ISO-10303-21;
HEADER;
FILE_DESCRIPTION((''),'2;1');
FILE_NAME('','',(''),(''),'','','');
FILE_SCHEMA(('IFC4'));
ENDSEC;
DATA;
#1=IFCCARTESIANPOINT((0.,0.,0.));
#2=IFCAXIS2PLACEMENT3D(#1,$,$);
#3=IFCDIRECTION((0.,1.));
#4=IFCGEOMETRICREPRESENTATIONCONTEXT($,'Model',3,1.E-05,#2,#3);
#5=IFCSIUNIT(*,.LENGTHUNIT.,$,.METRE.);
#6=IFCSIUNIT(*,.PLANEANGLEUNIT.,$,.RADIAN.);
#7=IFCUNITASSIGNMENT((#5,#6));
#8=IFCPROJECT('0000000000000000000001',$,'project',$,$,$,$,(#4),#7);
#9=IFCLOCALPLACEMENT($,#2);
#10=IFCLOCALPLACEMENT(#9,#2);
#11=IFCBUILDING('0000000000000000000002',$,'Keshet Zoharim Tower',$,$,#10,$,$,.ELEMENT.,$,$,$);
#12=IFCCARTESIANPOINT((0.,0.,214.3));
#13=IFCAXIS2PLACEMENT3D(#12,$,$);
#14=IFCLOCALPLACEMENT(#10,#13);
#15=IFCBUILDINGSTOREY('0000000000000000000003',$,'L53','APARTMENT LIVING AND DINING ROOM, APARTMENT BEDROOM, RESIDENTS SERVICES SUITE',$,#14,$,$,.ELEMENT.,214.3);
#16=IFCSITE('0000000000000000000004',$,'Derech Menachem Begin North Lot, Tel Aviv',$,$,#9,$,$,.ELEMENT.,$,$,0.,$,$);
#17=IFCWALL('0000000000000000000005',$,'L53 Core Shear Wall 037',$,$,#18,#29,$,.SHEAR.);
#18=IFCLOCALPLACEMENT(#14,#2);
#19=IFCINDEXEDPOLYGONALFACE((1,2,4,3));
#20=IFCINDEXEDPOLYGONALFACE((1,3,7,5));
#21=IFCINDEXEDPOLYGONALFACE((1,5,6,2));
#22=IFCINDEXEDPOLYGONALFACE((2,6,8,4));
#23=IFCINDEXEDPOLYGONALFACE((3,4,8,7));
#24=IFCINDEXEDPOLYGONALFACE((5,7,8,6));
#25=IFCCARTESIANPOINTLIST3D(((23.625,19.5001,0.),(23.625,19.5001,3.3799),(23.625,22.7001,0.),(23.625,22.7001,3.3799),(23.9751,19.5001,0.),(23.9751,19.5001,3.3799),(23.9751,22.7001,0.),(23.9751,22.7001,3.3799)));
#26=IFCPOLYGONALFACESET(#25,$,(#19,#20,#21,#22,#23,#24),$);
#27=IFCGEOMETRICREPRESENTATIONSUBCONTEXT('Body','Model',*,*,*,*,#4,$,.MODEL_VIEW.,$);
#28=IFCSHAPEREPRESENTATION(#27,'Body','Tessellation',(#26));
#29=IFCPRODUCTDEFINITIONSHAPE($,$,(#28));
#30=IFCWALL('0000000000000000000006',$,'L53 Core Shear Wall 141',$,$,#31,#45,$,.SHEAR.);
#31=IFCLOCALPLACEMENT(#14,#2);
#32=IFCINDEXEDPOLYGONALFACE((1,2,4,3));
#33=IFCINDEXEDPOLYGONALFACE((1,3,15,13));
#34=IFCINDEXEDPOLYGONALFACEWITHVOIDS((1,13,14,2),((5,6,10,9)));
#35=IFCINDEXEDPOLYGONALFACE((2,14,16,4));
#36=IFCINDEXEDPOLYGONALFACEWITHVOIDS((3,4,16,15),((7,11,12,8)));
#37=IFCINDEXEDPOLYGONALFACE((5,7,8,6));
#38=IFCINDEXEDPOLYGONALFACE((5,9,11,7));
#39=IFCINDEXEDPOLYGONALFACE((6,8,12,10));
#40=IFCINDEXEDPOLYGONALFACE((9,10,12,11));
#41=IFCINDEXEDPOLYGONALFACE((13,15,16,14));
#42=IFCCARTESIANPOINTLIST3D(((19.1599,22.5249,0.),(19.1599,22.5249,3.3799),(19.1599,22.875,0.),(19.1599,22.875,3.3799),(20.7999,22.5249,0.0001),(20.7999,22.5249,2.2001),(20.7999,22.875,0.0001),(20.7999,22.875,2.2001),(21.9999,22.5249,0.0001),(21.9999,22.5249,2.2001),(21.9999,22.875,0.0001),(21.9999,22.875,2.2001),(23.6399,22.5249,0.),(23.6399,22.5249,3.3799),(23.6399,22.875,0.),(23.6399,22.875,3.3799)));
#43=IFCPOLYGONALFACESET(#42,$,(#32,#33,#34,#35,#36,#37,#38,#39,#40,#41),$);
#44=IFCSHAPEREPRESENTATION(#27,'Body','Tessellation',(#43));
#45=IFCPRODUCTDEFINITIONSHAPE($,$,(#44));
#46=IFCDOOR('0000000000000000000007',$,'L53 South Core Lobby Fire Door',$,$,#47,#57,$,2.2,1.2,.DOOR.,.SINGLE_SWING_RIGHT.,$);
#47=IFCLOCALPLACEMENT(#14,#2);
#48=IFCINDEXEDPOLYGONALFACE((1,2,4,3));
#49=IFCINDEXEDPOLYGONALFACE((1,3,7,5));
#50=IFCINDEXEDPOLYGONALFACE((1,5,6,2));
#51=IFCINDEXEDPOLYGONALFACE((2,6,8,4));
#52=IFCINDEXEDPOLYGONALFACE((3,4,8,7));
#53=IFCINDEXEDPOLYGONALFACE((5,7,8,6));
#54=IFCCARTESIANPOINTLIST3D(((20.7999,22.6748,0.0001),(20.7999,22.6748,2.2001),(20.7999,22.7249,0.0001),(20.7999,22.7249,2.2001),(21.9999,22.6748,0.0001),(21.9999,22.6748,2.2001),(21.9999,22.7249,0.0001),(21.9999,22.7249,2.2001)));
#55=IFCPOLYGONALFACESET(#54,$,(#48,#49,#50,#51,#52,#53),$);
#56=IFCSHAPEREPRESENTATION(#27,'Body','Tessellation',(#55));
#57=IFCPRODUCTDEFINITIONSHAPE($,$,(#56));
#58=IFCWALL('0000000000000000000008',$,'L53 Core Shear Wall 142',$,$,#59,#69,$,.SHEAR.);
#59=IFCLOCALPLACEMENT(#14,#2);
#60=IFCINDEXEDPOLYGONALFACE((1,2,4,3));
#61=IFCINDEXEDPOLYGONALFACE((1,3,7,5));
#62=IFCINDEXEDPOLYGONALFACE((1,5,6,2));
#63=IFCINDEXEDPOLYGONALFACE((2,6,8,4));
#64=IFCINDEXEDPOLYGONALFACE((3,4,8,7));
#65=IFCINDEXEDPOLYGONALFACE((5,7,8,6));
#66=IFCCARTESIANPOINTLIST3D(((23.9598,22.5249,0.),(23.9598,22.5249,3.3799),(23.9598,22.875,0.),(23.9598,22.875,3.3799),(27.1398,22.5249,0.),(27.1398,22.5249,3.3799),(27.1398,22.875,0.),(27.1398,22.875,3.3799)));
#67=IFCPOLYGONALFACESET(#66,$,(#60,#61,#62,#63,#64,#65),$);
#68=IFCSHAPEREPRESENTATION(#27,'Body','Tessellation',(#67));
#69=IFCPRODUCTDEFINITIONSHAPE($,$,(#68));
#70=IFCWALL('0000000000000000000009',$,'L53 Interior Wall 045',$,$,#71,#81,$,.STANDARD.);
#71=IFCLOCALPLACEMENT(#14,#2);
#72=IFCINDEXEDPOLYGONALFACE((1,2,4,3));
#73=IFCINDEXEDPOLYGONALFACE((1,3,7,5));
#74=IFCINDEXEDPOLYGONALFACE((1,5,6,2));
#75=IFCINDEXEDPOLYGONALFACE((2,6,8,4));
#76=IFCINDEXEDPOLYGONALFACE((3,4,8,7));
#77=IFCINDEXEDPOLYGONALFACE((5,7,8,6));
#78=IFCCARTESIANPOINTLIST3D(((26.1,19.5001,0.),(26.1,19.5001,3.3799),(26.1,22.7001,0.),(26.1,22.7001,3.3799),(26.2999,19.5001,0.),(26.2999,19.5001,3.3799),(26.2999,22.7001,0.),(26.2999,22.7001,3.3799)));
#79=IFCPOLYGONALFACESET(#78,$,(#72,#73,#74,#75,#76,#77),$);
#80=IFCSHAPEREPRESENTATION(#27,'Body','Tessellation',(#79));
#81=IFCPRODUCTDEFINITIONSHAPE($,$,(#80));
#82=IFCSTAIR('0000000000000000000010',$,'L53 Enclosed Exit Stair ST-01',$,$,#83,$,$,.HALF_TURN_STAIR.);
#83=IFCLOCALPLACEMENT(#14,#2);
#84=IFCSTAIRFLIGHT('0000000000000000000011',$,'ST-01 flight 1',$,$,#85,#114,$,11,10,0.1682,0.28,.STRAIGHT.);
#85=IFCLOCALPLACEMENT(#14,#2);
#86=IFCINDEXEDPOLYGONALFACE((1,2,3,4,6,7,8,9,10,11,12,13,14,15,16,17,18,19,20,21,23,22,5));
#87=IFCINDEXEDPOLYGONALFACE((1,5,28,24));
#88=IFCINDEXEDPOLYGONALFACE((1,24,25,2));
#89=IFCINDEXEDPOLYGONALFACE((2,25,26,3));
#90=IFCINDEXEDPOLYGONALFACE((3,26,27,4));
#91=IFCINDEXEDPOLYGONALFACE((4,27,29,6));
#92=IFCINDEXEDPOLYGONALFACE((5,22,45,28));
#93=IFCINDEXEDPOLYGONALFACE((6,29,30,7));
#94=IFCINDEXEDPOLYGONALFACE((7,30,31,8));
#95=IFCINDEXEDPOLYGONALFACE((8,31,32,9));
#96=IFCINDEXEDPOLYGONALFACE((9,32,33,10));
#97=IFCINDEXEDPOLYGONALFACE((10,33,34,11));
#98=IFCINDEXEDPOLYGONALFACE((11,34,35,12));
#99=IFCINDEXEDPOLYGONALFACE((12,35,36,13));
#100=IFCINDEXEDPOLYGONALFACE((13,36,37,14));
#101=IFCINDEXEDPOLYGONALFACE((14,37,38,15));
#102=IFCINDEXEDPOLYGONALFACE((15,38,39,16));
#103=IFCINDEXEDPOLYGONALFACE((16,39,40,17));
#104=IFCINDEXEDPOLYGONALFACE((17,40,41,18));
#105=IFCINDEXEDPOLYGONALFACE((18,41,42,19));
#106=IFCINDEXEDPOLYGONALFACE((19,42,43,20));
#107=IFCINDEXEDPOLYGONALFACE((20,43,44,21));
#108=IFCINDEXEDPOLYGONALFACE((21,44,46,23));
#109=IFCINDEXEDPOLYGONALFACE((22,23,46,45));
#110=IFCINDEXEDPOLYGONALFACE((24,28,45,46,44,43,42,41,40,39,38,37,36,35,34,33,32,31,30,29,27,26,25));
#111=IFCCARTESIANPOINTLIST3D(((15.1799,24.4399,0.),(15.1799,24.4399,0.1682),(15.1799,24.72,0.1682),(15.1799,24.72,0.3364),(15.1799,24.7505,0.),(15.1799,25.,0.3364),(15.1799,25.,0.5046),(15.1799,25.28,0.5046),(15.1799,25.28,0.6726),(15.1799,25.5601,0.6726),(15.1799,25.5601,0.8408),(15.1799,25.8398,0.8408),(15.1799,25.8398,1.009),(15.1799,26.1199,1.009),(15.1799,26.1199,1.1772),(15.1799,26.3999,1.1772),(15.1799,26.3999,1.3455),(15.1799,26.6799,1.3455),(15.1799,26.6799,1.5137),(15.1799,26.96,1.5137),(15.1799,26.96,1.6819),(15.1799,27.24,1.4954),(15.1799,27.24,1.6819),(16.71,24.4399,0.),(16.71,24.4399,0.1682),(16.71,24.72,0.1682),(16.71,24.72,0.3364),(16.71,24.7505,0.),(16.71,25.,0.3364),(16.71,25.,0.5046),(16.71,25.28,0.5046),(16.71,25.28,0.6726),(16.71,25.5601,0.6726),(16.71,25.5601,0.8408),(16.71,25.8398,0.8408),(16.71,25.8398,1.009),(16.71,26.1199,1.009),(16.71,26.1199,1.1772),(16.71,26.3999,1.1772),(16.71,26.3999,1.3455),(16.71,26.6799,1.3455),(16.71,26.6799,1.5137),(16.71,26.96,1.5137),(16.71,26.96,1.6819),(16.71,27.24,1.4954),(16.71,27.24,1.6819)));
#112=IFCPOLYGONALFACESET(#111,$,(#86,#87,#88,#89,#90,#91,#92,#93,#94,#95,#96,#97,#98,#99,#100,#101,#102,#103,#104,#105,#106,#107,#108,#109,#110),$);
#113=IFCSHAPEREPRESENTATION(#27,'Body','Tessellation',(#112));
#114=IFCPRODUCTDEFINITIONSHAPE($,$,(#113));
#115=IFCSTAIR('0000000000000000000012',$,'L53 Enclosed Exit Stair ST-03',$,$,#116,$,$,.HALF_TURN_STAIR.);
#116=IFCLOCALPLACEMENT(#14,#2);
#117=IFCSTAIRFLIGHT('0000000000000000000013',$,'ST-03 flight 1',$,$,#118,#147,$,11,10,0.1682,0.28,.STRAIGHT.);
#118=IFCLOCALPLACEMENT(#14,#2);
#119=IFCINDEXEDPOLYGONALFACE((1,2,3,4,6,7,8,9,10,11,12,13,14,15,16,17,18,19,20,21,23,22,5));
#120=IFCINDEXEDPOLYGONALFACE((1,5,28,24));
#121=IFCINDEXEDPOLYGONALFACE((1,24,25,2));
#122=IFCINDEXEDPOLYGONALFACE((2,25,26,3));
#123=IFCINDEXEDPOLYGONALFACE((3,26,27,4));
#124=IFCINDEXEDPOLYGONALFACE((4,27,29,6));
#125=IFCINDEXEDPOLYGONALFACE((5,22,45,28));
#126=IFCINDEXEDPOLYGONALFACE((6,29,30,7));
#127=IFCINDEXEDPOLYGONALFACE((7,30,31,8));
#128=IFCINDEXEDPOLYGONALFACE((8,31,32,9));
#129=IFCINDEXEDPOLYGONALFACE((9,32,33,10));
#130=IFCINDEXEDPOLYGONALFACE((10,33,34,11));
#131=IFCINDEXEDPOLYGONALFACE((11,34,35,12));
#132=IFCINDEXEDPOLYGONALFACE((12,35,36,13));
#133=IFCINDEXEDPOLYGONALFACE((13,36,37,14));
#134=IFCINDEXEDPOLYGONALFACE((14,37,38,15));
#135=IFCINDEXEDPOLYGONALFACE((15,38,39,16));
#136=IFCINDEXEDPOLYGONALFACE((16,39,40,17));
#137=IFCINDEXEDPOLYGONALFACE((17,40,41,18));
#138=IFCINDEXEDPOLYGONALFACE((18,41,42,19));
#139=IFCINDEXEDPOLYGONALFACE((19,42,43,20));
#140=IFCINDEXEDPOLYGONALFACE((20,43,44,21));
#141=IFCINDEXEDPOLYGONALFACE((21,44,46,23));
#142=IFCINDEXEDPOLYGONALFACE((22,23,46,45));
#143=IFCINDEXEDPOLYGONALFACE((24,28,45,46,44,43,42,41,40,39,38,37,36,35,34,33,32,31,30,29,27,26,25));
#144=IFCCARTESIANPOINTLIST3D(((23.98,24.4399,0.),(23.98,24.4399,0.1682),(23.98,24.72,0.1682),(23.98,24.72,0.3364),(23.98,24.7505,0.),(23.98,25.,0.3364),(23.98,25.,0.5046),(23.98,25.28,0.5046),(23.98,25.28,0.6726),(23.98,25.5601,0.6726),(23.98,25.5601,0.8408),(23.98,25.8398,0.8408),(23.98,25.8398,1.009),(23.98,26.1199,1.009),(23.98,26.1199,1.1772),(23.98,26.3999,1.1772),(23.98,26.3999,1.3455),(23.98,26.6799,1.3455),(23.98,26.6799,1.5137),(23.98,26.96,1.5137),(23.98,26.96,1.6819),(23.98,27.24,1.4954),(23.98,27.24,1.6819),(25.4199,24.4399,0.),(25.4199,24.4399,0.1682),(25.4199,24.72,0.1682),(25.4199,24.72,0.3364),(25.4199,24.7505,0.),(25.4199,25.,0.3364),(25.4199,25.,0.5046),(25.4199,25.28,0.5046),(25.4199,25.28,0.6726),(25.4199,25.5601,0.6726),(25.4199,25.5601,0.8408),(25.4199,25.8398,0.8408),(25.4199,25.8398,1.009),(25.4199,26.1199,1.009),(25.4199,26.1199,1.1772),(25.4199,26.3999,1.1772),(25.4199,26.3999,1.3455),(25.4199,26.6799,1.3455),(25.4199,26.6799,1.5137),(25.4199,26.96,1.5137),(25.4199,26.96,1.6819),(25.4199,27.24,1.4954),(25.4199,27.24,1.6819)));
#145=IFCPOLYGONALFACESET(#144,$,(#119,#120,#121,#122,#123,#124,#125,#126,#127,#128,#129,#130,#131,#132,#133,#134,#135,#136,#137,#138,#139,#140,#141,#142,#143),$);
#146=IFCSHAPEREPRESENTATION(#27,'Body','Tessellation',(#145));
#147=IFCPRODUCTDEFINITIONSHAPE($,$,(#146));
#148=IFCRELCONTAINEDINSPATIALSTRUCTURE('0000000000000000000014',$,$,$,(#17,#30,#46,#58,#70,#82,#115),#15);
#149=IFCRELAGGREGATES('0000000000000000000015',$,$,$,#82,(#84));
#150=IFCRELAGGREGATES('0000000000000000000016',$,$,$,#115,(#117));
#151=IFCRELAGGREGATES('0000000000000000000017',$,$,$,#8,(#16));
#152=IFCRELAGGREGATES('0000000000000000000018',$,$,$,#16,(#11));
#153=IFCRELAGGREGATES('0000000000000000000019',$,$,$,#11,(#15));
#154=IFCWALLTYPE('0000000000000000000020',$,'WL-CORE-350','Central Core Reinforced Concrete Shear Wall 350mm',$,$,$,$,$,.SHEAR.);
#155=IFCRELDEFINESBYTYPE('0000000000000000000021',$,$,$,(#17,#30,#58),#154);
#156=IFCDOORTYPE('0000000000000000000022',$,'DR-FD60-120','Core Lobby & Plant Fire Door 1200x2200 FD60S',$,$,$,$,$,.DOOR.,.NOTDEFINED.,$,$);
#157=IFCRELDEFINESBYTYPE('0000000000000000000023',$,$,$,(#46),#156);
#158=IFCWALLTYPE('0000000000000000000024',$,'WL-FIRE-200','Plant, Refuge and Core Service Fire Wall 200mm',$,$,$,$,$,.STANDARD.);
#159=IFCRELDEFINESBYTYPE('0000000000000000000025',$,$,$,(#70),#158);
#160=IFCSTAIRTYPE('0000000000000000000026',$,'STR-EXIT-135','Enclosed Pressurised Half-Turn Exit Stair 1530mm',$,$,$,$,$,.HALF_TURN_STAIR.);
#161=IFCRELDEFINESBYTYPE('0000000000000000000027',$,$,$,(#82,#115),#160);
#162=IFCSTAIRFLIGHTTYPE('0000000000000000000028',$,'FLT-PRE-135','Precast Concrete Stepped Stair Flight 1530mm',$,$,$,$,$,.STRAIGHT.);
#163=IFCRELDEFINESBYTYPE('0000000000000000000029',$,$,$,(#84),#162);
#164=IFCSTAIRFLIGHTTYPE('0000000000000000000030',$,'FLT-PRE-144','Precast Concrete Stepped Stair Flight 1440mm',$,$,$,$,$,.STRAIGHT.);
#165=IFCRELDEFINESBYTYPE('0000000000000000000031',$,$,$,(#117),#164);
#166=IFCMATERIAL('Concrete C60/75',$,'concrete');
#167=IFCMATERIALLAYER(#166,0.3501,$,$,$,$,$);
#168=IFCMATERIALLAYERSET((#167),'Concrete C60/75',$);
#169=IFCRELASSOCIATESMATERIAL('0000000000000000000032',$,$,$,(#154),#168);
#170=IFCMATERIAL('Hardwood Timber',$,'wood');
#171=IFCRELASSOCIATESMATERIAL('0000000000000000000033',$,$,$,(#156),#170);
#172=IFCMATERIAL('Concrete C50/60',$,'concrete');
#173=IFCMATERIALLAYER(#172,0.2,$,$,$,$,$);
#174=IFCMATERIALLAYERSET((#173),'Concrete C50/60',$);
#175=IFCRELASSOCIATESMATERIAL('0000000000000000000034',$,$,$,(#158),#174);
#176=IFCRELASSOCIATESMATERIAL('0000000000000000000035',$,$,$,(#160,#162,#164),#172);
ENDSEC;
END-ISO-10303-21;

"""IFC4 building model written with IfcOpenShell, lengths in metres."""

from ifc_helpers import new_model, si_unit, direction, frame, frame_2d, origin, place, context, subcontext, project, spatial, polyline, rectangle, outline, extrude, material, layer, layer_set, type_object, element, fill, aggregate, save


model = new_model("IFC4")

# Units and contexts
model_context = context("Model", 3, precision=1e-05, world=origin(), true_north=direction((0.0, 1.0)))
body_context = subcontext(model_context, "Body", "Model", "MODEL_VIEW")
ifc_project = project(units=[si_unit("LENGTHUNIT", "METRE"), si_unit("PLANEANGLEUNIT", "RADIAN")], contexts=[model_context])

# Site, building, storey
site_placement = place(None, origin())
site = spatial("IfcSite", under=ifc_project, at=site_placement, Name="Derech Menachem Begin North Lot, Tel Aviv", CompositionType="ELEMENT", RefElevation=0.0)
building_placement = place(site_placement, origin())
building = spatial("IfcBuilding", under=site, at=building_placement, Name="Keshet Zoharim Tower", CompositionType="ELEMENT")
storey_placement = place(building_placement, frame((0.0, 0.0, 214.3)))
storey = spatial("IfcBuildingStorey", under=building, at=storey_placement, Name="L53", Description="APARTMENT LIVING AND DINING ROOM, APARTMENT BEDROOM, RESIDENTS SERVICES SUITE", CompositionType="ELEMENT", Elevation=214.3)

# Shared definitions
ifc_material_1 = material(Name="Concrete C60/75", Category="concrete")
ifc_layer_1 = layer(ifc_material_1, 0.3501)
ifc_layer_set_1 = layer_set([ifc_layer_1], Name="Concrete C60/75")
wall_type_1 = type_object("IfcWallType", Name="WL-CORE-350", Description="Central Core Reinforced Concrete Shear Wall 350mm", PredefinedType="SHEAR", material=ifc_layer_set_1)
ifc_material_2 = material(Name="Hardwood Timber", Category="wood")

# Wall
wall_1_placement = place(storey_placement, frame((23.8, 19.5, 0.0), z_axis=(0.0, 0.0, 1.0), x_axis=(0.0, 1.0, 0.0)))
element("IfcWall", 1, at=wall_1_placement, inside=storey, type_object=wall_type_1, Name="L53 Core Shear Wall 037", PredefinedType="SHEAR", context=body_context, shape_type="SweptSolid", body=[
    extrude(rectangle(XDim=3.2, YDim=0.3501, at=frame_2d((1.6001, 0.0))), origin(), (0.0, 0.0, 1.0), 3.3799),
])

# Wall, opening, door
wall_2_placement = place(storey_placement, frame((19.1599, 22.7, 0.0), z_axis=(0.0, 0.0, 1.0), x_axis=(1.0, 0.0, 0.0)))
wall_2 = element("IfcWall", 2, at=wall_2_placement, inside=storey, type_object=wall_type_1, Name="L53 Core Shear Wall 141", PredefinedType="SHEAR", context=body_context, shape_type="SweptSolid", body=[
    extrude(rectangle(XDim=4.48, YDim=0.3501, at=frame_2d((2.24, 0.0))), origin(), (0.0, 0.0, 1.0), 3.3799),
])
opening_1_placement = place(wall_2_placement, frame((1.6399, 0.0, 0.0)))
opening_1 = element("IfcOpeningElement", 3, at=opening_1_placement, cuts=wall_2, PredefinedType="OPENING", context=body_context, shape_type="SweptSolid", body=[
    extrude(rectangle(XDim=1.2, YDim=2.2, at=frame_2d((0.6001, 1.1001))), frame((0.0, 0.1851, 0.0), z_axis=(0.0, -1.0, 0.0), x_axis=(1.0, 0.0, 0.0)), (0.0, 0.0, 1.0), 0.3701),
])
door_type_1 = type_object("IfcDoorType", Name="DR-FD60-120", Description="Core Lobby & Plant Fire Door 1200x2200 FD60S", OperationType="NOTDEFINED", PredefinedType="DOOR", material=ifc_material_2)
door_1_placement = place(opening_1_placement, origin())
door_1 = element("IfcDoor", 4, at=door_1_placement, inside=storey, type_object=door_type_1, Name="L53 South Core Lobby Fire Door", OperationType="SINGLE_SWING_RIGHT", OverallHeight=2.2, OverallWidth=1.2, PredefinedType="DOOR", context=body_context, shape_type="SweptSolid", body=[
    extrude(rectangle(XDim=1.2, YDim=2.2, at=frame_2d((0.6001, 1.1001))), frame((0.0, 0.0249, 0.0), z_axis=(0.0, -1.0, 0.0), x_axis=(1.0, 0.0, 0.0)), (0.0, 0.0, 1.0), 0.05),
])
fill(opening_1, door_1)

# Walls
wall_3_placement = place(storey_placement, frame((23.96, 22.7, 0.0), z_axis=(0.0, 0.0, 1.0), x_axis=(1.0, 0.0, 0.0)))
element("IfcWall", 5, at=wall_3_placement, inside=storey, type_object=wall_type_1, Name="L53 Core Shear Wall 142", PredefinedType="SHEAR", context=body_context, shape_type="SweptSolid", body=[
    extrude(rectangle(XDim=3.1799, YDim=0.3501, at=frame_2d((1.5898, 0.0))), origin(), (0.0, 0.0, 1.0), 3.3799),
])
ifc_material_3 = material(Name="Concrete C50/60", Category="concrete")
ifc_layer_2 = layer(ifc_material_3, 0.2)
ifc_layer_set_2 = layer_set([ifc_layer_2], Name="Concrete C50/60")
wall_type_2 = type_object("IfcWallType", Name="WL-FIRE-200", Description="Plant, Refuge and Core Service Fire Wall 200mm", PredefinedType="STANDARD", material=ifc_layer_set_2)
wall_4_placement = place(storey_placement, frame((26.2, 19.5, 0.0), z_axis=(0.0, 0.0, 1.0), x_axis=(0.0, 1.0, 0.0)))
element("IfcWall", 6, at=wall_4_placement, inside=storey, type_object=wall_type_2, Name="L53 Interior Wall 045", PredefinedType="STANDARD", context=body_context, shape_type="SweptSolid", body=[
    extrude(rectangle(XDim=3.2, YDim=0.2, at=frame_2d((1.6001, 0.0))), origin(), (0.0, 0.0, 1.0), 3.3799),
])

# Stairs, stair flights
stair_type = type_object("IfcStairType", Name="STR-EXIT-135", Description="Enclosed Pressurised Half-Turn Exit Stair 1530mm", PredefinedType="HALF_TURN_STAIR", material=ifc_material_3)
stair_1_placement = place(storey_placement, origin())
stair_1 = element("IfcStair", 7, at=stair_1_placement, inside=storey, type_object=stair_type, Name="L53 Enclosed Exit Stair ST-01", PredefinedType="HALF_TURN_STAIR")
stair_flight_type_1 = type_object("IfcStairFlightType", Name="FLT-PRE-135", Description="Precast Concrete Stepped Stair Flight 1530mm", PredefinedType="STRAIGHT", material=ifc_material_3)
stair_flight_1_placement = place(storey_placement, frame((15.9451, 24.4399, 0.0), z_axis=(0.0, 0.0, 1.0), x_axis=(0.0, 1.0, 0.0)))
stair_flight_1 = element("IfcStairFlight", 8, at=stair_flight_1_placement, type_object=stair_flight_type_1, Name="ST-01 flight 1", NumberOfRisers=11, NumberOfTreads=10, PredefinedType="STRAIGHT", RiserHeight=0.1682, TreadLength=0.28, context=body_context, shape_type="SweptSolid", body=[
    extrude(outline(polyline([(0.0, 0.0), (0.0, 0.1682), (0.28, 0.1682), (0.28, 0.3364), (0.5601, 0.3364), (0.5601, 0.5046), (0.8401, 0.5046), (0.8401, 0.6726), (1.1201, 0.6726), (1.1201, 0.8408), (1.3999, 0.8408), (1.3999, 1.009), (1.6799, 1.009), (1.6799, 1.1772), (1.96, 1.1772), (1.96, 1.3455), (2.24, 1.3455), (2.24, 1.5137), (2.52, 1.5137), (2.52, 1.6819), (2.8, 1.6819), (2.8, 1.8501), (2.8, 1.4954), (0.3105, 0.0), (0.0, 0.0)])), frame((0.0, 0.7651, 0.0), z_axis=(0.0, -1.0, 0.0), x_axis=(1.0, 0.0, 0.0)), (0.0, 0.0, 1.0), 1.53),
])
aggregate(stair_1, [stair_flight_1])
stair_2_placement = place(storey_placement, origin())
stair_2 = element("IfcStair", 9, at=stair_2_placement, inside=storey, type_object=stair_type, Name="L53 Enclosed Exit Stair ST-03", PredefinedType="HALF_TURN_STAIR")
stair_flight_type_2 = type_object("IfcStairFlightType", Name="FLT-PRE-144", Description="Precast Concrete Stepped Stair Flight 1440mm", PredefinedType="STRAIGHT", material=ifc_material_3)
stair_flight_2_placement = place(storey_placement, frame((24.7, 24.4399, 0.0), z_axis=(0.0, 0.0, 1.0), x_axis=(0.0, 1.0, 0.0)))
stair_flight_2 = element("IfcStairFlight", 10, at=stair_flight_2_placement, type_object=stair_flight_type_2, Name="ST-03 flight 1", NumberOfRisers=11, NumberOfTreads=10, PredefinedType="STRAIGHT", RiserHeight=0.1682, TreadLength=0.28, context=body_context, shape_type="SweptSolid", body=[
    extrude(outline(polyline([(0.0, 0.0), (0.0, 0.1682), (0.28, 0.1682), (0.28, 0.3364), (0.5601, 0.3364), (0.5601, 0.5046), (0.8401, 0.5046), (0.8401, 0.6726), (1.1201, 0.6726), (1.1201, 0.8408), (1.3999, 0.8408), (1.3999, 1.009), (1.6799, 1.009), (1.6799, 1.1772), (1.96, 1.1772), (1.96, 1.3455), (2.24, 1.3455), (2.24, 1.5137), (2.52, 1.5137), (2.52, 1.6819), (2.8, 1.6819), (2.8, 1.8501), (2.8, 1.4954), (0.3105, 0.0), (0.0, 0.0)])), frame((0.0, 0.72, 0.0), z_axis=(0.0, -1.0, 0.0), x_axis=(1.0, 0.0, 0.0)), (0.0, 0.0, 1.0), 1.4399),
])
aggregate(stair_2, [stair_flight_2])

save(model, "model.ifc")
